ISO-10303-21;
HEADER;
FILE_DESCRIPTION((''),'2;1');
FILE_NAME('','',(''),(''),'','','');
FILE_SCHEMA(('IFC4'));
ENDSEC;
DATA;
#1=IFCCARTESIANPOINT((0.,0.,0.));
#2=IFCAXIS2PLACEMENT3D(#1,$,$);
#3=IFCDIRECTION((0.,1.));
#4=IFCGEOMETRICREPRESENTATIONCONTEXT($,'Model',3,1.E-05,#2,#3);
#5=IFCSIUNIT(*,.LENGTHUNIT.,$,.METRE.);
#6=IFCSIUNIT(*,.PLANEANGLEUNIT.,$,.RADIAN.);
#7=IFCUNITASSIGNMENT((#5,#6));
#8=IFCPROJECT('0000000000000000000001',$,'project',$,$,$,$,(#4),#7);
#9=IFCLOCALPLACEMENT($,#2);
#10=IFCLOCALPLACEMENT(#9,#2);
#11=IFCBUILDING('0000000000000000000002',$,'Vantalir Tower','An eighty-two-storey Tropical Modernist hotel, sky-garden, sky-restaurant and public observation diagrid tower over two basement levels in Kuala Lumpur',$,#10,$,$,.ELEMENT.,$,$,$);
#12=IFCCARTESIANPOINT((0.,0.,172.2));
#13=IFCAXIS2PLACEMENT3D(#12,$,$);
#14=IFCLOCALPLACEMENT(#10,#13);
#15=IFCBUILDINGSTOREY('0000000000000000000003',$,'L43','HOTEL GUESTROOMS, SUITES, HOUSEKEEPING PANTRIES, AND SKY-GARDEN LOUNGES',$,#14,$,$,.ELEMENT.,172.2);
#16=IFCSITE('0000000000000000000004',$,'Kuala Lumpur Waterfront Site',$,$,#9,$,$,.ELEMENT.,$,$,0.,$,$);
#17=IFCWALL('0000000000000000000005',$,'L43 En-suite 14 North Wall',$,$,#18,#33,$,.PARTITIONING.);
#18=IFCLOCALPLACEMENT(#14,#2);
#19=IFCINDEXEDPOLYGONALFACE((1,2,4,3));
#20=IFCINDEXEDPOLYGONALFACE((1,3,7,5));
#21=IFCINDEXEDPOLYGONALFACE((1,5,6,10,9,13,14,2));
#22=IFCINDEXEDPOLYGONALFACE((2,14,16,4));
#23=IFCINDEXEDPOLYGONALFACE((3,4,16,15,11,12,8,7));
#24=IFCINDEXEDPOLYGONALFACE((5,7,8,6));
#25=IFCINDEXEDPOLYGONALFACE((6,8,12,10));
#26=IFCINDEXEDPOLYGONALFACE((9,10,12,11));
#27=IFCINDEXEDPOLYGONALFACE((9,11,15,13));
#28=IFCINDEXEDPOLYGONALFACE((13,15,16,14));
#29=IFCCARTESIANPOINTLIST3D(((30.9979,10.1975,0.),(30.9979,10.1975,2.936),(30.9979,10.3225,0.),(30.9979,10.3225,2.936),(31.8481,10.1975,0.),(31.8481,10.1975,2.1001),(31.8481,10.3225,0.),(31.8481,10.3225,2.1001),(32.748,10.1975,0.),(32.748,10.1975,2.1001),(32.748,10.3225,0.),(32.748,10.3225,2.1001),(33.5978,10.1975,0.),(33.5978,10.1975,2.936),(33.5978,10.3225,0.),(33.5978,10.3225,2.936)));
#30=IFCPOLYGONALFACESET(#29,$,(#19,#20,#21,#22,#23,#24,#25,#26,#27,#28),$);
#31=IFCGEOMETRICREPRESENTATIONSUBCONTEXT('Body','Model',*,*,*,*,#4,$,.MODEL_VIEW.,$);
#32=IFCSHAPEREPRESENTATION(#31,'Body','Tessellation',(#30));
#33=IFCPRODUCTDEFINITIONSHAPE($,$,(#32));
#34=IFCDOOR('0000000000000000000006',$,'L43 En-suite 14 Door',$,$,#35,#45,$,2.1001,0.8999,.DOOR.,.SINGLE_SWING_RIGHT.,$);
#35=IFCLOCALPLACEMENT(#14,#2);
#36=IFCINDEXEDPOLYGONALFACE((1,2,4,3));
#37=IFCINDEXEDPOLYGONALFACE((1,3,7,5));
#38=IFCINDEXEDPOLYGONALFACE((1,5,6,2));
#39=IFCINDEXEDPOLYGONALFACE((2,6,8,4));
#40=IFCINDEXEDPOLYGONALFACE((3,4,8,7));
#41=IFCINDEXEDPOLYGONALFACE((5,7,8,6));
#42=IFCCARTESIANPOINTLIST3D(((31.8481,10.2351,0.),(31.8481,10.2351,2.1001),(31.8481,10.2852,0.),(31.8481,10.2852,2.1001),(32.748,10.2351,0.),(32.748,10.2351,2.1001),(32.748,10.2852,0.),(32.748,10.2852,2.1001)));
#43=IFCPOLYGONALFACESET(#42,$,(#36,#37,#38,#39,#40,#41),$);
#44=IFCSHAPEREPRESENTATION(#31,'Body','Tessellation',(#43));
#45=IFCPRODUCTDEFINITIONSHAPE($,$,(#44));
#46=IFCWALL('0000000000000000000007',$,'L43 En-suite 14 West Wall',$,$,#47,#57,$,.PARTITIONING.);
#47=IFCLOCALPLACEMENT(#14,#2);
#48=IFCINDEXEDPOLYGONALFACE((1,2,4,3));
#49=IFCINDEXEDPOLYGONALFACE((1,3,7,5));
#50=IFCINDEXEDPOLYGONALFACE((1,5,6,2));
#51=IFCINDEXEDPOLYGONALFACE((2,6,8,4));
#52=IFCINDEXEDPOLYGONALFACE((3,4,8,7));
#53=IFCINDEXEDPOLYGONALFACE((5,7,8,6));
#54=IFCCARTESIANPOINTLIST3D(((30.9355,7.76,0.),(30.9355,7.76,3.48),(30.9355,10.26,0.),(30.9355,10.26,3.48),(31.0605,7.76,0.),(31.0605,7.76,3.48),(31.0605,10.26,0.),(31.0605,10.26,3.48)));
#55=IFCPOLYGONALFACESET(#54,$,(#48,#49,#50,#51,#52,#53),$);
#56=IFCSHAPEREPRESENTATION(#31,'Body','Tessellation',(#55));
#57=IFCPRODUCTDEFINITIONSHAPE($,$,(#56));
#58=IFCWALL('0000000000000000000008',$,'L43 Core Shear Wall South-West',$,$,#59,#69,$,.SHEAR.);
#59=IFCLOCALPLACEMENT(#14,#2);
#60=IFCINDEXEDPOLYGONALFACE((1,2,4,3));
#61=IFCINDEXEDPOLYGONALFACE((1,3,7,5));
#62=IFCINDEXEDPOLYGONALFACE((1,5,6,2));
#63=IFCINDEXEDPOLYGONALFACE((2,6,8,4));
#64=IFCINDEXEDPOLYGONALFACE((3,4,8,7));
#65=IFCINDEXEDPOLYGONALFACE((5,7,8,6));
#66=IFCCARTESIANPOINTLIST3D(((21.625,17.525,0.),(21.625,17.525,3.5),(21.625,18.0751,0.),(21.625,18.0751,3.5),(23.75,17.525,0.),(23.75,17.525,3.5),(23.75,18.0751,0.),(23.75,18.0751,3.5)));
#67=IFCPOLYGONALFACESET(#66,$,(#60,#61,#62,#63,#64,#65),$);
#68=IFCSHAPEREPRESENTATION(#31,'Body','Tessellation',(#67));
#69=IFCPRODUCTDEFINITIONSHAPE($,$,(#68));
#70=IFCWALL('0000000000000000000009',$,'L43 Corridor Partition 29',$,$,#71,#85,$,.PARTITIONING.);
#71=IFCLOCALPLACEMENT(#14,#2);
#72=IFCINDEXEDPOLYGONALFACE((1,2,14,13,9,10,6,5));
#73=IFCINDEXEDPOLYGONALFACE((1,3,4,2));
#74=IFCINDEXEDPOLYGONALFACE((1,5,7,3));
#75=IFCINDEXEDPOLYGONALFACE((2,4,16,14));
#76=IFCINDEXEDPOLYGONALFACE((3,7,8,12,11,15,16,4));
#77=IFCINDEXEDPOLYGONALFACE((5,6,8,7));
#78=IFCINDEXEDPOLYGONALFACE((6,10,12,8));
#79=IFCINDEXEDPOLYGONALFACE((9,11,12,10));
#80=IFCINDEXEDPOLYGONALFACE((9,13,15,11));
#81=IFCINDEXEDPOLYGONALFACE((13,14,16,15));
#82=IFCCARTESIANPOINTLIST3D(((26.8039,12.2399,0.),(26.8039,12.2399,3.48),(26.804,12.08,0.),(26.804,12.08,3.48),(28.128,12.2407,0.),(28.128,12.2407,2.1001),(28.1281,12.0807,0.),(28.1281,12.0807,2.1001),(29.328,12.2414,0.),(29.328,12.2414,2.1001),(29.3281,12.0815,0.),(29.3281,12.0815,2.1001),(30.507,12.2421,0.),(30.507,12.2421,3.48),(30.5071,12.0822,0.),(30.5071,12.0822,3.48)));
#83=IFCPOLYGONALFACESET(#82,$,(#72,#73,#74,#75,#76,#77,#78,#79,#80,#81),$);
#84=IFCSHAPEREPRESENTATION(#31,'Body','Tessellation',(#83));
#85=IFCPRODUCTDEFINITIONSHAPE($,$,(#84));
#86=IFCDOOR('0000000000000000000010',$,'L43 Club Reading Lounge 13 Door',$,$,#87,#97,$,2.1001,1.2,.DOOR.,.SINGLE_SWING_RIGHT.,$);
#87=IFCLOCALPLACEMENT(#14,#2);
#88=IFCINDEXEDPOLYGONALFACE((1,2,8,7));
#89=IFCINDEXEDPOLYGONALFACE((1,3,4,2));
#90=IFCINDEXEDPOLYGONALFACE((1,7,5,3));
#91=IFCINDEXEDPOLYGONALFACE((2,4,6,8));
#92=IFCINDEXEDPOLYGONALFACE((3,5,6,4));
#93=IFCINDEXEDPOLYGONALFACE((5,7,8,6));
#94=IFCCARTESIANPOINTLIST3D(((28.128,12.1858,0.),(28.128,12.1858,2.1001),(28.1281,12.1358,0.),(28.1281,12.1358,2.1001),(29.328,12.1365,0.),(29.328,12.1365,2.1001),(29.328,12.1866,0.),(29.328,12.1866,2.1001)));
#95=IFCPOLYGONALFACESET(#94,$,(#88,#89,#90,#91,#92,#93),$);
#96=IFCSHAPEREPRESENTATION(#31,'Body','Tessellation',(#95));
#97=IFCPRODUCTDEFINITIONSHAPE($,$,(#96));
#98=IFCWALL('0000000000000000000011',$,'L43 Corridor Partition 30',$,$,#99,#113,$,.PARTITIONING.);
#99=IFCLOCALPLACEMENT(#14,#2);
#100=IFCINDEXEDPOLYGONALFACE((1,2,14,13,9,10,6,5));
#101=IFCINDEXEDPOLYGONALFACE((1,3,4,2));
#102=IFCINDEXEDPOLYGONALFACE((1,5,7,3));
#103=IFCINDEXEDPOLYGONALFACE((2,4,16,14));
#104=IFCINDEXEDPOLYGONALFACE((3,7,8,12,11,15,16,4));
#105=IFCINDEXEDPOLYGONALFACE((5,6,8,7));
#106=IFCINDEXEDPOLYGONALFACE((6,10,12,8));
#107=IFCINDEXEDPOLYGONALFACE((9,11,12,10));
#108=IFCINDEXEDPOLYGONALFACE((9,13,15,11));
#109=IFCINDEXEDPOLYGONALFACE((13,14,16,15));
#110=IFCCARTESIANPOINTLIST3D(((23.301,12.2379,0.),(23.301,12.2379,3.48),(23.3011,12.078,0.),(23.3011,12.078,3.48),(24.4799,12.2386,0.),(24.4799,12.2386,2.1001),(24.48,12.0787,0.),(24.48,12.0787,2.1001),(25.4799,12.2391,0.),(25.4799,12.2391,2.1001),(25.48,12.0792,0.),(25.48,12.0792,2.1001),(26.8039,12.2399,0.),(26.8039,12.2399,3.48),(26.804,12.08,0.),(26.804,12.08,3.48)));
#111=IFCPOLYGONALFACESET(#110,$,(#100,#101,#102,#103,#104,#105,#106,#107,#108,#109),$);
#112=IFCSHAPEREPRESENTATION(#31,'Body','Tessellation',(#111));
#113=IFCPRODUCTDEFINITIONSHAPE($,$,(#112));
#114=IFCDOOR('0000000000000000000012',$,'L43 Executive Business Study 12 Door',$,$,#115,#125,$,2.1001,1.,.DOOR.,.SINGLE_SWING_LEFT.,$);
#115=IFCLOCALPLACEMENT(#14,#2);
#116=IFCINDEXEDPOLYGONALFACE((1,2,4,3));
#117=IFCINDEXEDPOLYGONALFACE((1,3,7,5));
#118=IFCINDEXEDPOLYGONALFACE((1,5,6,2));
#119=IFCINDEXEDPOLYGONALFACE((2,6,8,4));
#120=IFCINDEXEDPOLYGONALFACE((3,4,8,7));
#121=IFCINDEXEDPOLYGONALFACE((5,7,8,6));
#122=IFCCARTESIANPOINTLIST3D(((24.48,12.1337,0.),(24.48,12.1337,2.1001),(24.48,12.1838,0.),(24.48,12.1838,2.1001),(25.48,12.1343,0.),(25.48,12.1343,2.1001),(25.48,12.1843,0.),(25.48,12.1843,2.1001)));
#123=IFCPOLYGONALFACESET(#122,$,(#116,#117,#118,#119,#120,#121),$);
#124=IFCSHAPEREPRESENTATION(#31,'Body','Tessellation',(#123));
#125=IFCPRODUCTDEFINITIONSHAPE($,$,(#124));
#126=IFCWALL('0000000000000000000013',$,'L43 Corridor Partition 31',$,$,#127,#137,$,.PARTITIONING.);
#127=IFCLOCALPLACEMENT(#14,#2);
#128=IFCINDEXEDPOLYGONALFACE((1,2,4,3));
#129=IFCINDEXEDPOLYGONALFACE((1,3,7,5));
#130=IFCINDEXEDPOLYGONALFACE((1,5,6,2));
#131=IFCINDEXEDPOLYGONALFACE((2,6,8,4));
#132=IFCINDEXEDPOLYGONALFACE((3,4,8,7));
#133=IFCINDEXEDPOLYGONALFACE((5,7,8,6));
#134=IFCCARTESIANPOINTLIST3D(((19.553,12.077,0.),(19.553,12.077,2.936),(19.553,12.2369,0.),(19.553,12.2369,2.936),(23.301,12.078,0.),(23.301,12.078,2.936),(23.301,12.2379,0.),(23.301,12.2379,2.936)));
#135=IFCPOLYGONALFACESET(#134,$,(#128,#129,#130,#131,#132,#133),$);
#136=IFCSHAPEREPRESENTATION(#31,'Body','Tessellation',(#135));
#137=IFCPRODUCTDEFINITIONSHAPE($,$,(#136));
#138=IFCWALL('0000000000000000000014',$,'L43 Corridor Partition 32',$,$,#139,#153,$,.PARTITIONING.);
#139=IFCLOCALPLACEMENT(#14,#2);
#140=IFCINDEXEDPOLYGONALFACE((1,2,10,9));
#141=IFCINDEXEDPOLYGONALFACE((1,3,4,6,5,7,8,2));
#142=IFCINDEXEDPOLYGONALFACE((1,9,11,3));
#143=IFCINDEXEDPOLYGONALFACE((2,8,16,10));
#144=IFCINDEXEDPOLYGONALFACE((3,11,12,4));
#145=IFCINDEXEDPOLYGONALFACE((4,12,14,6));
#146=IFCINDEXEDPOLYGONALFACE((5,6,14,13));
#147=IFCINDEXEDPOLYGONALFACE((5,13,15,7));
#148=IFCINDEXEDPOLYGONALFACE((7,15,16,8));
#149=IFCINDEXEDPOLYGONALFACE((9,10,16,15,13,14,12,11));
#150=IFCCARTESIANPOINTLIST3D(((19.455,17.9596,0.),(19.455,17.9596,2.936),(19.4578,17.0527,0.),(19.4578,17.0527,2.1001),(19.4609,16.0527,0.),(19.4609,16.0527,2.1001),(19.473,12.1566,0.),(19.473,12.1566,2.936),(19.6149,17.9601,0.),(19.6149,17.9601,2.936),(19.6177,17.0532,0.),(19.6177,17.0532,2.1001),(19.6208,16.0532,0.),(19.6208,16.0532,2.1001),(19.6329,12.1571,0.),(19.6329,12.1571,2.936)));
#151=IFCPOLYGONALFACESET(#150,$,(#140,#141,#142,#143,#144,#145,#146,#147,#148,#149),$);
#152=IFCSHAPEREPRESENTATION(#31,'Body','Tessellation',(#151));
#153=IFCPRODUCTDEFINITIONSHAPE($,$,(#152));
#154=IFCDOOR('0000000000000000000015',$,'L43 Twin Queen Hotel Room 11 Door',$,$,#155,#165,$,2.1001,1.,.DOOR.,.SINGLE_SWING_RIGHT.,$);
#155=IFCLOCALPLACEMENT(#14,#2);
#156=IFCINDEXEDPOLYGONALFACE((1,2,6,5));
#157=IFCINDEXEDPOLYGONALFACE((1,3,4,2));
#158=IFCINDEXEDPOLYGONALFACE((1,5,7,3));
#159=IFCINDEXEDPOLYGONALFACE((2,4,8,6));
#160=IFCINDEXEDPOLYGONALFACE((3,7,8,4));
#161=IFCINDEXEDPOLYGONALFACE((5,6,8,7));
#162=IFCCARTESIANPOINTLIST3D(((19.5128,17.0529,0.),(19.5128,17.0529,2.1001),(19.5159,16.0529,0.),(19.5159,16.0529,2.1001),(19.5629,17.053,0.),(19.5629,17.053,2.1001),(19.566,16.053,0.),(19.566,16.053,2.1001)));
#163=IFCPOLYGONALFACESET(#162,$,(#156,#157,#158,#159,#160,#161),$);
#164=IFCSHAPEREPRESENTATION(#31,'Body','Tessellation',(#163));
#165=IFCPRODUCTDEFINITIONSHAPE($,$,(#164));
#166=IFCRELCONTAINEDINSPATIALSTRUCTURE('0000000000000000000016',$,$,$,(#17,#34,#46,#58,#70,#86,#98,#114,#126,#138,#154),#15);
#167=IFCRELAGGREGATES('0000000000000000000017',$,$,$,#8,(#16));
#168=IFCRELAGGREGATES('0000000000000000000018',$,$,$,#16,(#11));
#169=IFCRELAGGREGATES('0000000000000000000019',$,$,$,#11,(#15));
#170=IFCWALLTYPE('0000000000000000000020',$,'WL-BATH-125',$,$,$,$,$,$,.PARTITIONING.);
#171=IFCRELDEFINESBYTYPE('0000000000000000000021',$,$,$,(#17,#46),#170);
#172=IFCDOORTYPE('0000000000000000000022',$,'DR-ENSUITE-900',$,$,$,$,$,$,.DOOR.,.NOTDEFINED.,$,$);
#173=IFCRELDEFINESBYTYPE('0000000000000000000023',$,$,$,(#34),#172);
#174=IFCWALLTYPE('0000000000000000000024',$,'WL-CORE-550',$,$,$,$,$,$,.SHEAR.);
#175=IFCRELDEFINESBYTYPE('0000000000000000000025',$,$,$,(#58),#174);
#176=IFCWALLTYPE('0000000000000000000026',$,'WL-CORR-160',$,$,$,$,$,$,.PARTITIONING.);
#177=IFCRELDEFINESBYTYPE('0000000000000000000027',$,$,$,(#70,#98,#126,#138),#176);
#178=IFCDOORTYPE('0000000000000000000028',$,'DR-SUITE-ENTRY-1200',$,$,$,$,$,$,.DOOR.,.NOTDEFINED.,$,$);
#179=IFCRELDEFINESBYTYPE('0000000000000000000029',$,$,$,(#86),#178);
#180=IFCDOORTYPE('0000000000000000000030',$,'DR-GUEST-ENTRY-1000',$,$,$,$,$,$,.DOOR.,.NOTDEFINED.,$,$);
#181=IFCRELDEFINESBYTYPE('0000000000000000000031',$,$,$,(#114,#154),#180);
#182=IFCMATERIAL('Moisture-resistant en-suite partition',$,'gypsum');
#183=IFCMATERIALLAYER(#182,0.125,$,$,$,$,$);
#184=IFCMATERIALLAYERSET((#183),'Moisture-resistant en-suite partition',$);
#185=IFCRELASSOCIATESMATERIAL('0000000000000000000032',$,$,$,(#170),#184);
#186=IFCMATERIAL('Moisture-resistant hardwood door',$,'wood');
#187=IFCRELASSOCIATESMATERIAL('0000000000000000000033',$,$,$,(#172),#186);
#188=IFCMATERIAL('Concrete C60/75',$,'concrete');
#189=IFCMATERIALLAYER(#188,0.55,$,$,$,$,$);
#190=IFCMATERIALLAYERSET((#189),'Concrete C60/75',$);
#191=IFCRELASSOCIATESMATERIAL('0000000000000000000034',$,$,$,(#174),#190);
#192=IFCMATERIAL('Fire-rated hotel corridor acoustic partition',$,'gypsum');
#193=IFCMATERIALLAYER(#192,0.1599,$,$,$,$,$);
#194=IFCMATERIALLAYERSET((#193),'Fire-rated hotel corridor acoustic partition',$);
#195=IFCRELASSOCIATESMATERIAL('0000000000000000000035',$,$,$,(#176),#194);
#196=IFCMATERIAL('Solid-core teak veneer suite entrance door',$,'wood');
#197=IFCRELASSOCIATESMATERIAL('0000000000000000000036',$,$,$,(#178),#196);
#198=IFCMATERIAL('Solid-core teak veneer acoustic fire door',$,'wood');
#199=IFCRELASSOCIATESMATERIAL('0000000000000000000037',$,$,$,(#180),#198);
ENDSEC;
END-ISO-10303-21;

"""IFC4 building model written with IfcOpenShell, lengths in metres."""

from ifc_helpers import new_model, si_unit, direction, frame, frame_2d, origin, place, context, subcontext, project, spatial, rectangle, extrude, material, layer, layer_set, type_object, element, fill, save


model = new_model("IFC4")

# Units and contexts
model_context = context("Model", 3, precision=1e-05, world=origin(), true_north=direction((0.0, 1.0)))
body_context = subcontext(model_context, "Body", "Model", "MODEL_VIEW")
ifc_project = project(units=[si_unit("LENGTHUNIT", "METRE"), si_unit("PLANEANGLEUNIT", "RADIAN")], contexts=[model_context])

# Site, building, storey
site_placement = place(None, origin())
site = spatial("IfcSite", under=ifc_project, at=site_placement, Name="Kuala Lumpur Waterfront Site", CompositionType="ELEMENT", RefElevation=0.0)
building_placement = place(site_placement, origin())
building = spatial("IfcBuilding", under=site, at=building_placement, Name="Vantalir Tower", Description="An eighty-two-storey Tropical Modernist hotel, sky-garden, sky-restaurant and public observation diagrid tower over two basement levels in Kuala Lumpur", CompositionType="ELEMENT")
storey_placement = place(building_placement, frame((0.0, 0.0, 172.2)))
storey = spatial("IfcBuildingStorey", under=building, at=storey_placement, Name="L43", Description="HOTEL GUESTROOMS, SUITES, HOUSEKEEPING PANTRIES, AND SKY-GARDEN LOUNGES", CompositionType="ELEMENT", Elevation=172.2)

# Shared definitions
ifc_material_1 = material(Name="Concrete C60/75", Category="concrete")

# Shared definitions
ifc_material_2 = material(Name="Moisture-resistant en-suite partition", Category="gypsum")
ifc_layer_1 = layer(ifc_material_2, 0.125)
ifc_layer_set_1 = layer_set([ifc_layer_1], Name="Moisture-resistant en-suite partition")
wall_type_1 = type_object("IfcWallType", Name="WL-BATH-125", PredefinedType="PARTITIONING", material=ifc_layer_set_1)

# Wall, opening, door
wall_1_placement = place(storey_placement, frame((30.998, 10.26, 0.0), z_axis=(0.0, 0.0, 1.0), x_axis=(1.0, 0.0, 0.0)))
wall_1 = element("IfcWall", 1, at=wall_1_placement, inside=storey, type_object=wall_type_1, Name="L43 En-suite 14 North Wall", PredefinedType="PARTITIONING", context=body_context, shape_type="SweptSolid", body=[
    extrude(rectangle(XDim=2.5999, YDim=0.125, at=frame_2d((1.2998, 0.0))), origin(), (0.0, 0.0, 1.0), 2.936),
])
opening_1_placement = place(wall_1_placement, frame((0.8501, 0.0, 0.0)))
opening_1 = element("IfcOpeningElement", 2, at=opening_1_placement, cuts=wall_1, PredefinedType="OPENING", context=body_context, shape_type="SweptSolid", body=[
    extrude(rectangle(XDim=0.8999, YDim=2.1001, at=frame_2d((0.45, 1.05))), frame((0.0, 0.0725, 0.0), z_axis=(0.0, -1.0, 0.0), x_axis=(1.0, 0.0, 0.0)), (0.0, 0.0, 1.0), 0.145),
])
ifc_material_3 = material(Name="Moisture-resistant hardwood door", Category="wood")
door_type_1 = type_object("IfcDoorType", Name="DR-ENSUITE-900", OperationType="NOTDEFINED", PredefinedType="DOOR", material=ifc_material_3)
door_1_placement = place(opening_1_placement, frame((0.8999, 0.0, 0.0), z_axis=(0.0, 0.0, 1.0), x_axis=(-1.0, 0.0, 0.0)))
door_1 = element("IfcDoor", 3, at=door_1_placement, inside=storey, type_object=door_type_1, Name="L43 En-suite 14 Door", OperationType="SINGLE_SWING_RIGHT", OverallHeight=2.1001, OverallWidth=0.8999, PredefinedType="DOOR", context=body_context, shape_type="SweptSolid", body=[
    extrude(rectangle(XDim=0.8999, YDim=2.1001, at=frame_2d((0.45, 1.05))), frame((0.0, 0.0249, 0.0), z_axis=(0.0, -1.0, 0.0), x_axis=(1.0, 0.0, 0.0)), (0.0, 0.0, 1.0), 0.05),
])
fill(opening_1, door_1)

# Walls
wall_2_placement = place(storey_placement, frame((30.998, 7.76, 0.0), z_axis=(0.0, 0.0, 1.0), x_axis=(0.0, 1.0, 0.0)))
element("IfcWall", 4, at=wall_2_placement, inside=storey, type_object=wall_type_1, Name="L43 En-suite 14 West Wall", PredefinedType="PARTITIONING", context=body_context, shape_type="SweptSolid", body=[
    extrude(rectangle(XDim=2.5, YDim=0.125, at=frame_2d((1.25, 0.0))), origin(), (0.0, 0.0, 1.0), 3.48),
])
ifc_layer_2 = layer(ifc_material_1, 0.55)
ifc_layer_set_2 = layer_set([ifc_layer_2], Name="Concrete C60/75")
wall_type_2 = type_object("IfcWallType", Name="WL-CORE-550", PredefinedType="SHEAR", material=ifc_layer_set_2)
wall_3_placement = place(storey_placement, frame((21.625, 17.8, 0.0), z_axis=(0.0, 0.0, 1.0), x_axis=(1.0, 0.0, 0.0)))
element("IfcWall", 5, at=wall_3_placement, inside=storey, type_object=wall_type_2, Name="L43 Core Shear Wall South-West", PredefinedType="SHEAR", context=body_context, shape_type="SweptSolid", body=[
    extrude(rectangle(XDim=2.125, YDim=0.55, at=frame_2d((1.0625, 0.0))), origin(), (0.0, 0.0, 1.0), 3.5),
])

# Walls, openings, doors
ifc_material_4 = material(Name="Fire-rated hotel corridor acoustic partition", Category="gypsum")
ifc_layer_3 = layer(ifc_material_4, 0.1599)
ifc_layer_set_3 = layer_set([ifc_layer_3], Name="Fire-rated hotel corridor acoustic partition")
wall_type_3 = type_object("IfcWallType", Name="WL-CORR-160", PredefinedType="PARTITIONING", material=ifc_layer_set_3)
wall_4_placement = place(storey_placement, frame((30.5071, 12.1621, 0.0), z_axis=(0.0, 0.0, 1.0), x_axis=(-1.0, -0.000593, 0.0)))
wall_4 = element("IfcWall", 6, at=wall_4_placement, inside=storey, type_object=wall_type_3, Name="L43 Corridor Partition 29", PredefinedType="PARTITIONING", context=body_context, shape_type="SweptSolid", body=[
    extrude(rectangle(XDim=3.7031, YDim=0.1599, at=frame_2d((1.8516, 0.0))), origin(), (0.0, 0.0, 1.0), 3.48),
])
opening_2_placement = place(wall_4_placement, frame((1.179, 0.0, 0.0)))
opening_2 = element("IfcOpeningElement", 7, at=opening_2_placement, cuts=wall_4, PredefinedType="OPENING", context=body_context, shape_type="SweptSolid", body=[
    extrude(rectangle(XDim=1.2, YDim=2.1001, at=frame_2d((0.6001, 1.05))), frame((0.0, 0.0898, 0.0), z_axis=(0.0, -1.0, 0.0), x_axis=(1.0, 0.0, 0.0)), (0.0, 0.0, 1.0), 0.1799),
])
ifc_material_5 = material(Name="Solid-core teak veneer suite entrance door", Category="wood")
door_type_2 = type_object("IfcDoorType", Name="DR-SUITE-ENTRY-1200", OperationType="NOTDEFINED", PredefinedType="DOOR", material=ifc_material_5)
door_2_placement = place(opening_2_placement, origin())
door_2 = element("IfcDoor", 8, at=door_2_placement, inside=storey, type_object=door_type_2, Name="L43 Club Reading Lounge 13 Door", OperationType="SINGLE_SWING_RIGHT", OverallHeight=2.1001, OverallWidth=1.2, PredefinedType="DOOR", context=body_context, shape_type="SweptSolid", body=[
    extrude(rectangle(XDim=1.2, YDim=2.1001, at=frame_2d((0.6001, 1.05))), frame((0.0, 0.0249, 0.0), z_axis=(0.0, -1.0, 0.0), x_axis=(1.0, 0.0, 0.0)), (0.0, 0.0, 1.0), 0.05),
])
fill(opening_2, door_2)
wall_5_placement = place(storey_placement, frame((26.804, 12.1599, 0.0), z_axis=(0.0, 0.0, 1.0), x_axis=(-1.0, -0.000558, 0.0)))
wall_5 = element("IfcWall", 9, at=wall_5_placement, inside=storey, type_object=wall_type_3, Name="L43 Corridor Partition 30", PredefinedType="PARTITIONING", context=body_context, shape_type="SweptSolid", body=[
    extrude(rectangle(XDim=3.5029, YDim=0.1599, at=frame_2d((1.7515, 0.0))), origin(), (0.0, 0.0, 1.0), 3.48),
])
opening_3_placement = place(wall_5_placement, frame((1.324, 0.0, 0.0)))
opening_3 = element("IfcOpeningElement", 10, at=opening_3_placement, cuts=wall_5, PredefinedType="OPENING", context=body_context, shape_type="SweptSolid", body=[
    extrude(rectangle(XDim=1.0, YDim=2.1001, at=frame_2d((0.5, 1.05))), frame((0.0, 0.0898, 0.0), z_axis=(0.0, -1.0, 0.0), x_axis=(1.0, 0.0, 0.0)), (0.0, 0.0, 1.0), 0.1799),
])
ifc_material_6 = material(Name="Solid-core teak veneer acoustic fire door", Category="wood")
door_type_3 = type_object("IfcDoorType", Name="DR-GUEST-ENTRY-1000", OperationType="NOTDEFINED", PredefinedType="DOOR", material=ifc_material_6)
door_3_placement = place(opening_3_placement, origin())
door_3 = element("IfcDoor", 11, at=door_3_placement, inside=storey, type_object=door_type_3, Name="L43 Executive Business Study 12 Door", OperationType="SINGLE_SWING_LEFT", OverallHeight=2.1001, OverallWidth=1.0, PredefinedType="DOOR", context=body_context, shape_type="SweptSolid", body=[
    extrude(rectangle(XDim=1.0, YDim=2.1001, at=frame_2d((0.5, 1.05))), frame((0.0, 0.0249, 0.0), z_axis=(0.0, -1.0, 0.0), x_axis=(1.0, 0.0, 0.0)), (0.0, 0.0, 1.0), 0.05),
])
fill(opening_3, door_3)

# Wall
wall_6_placement = place(storey_placement, frame((23.301, 12.158, 0.0), z_axis=(0.0, 0.0, 1.0), x_axis=(-1.0, -0.000261, 0.0)))
element("IfcWall", 12, at=wall_6_placement, inside=storey, type_object=wall_type_3, Name="L43 Corridor Partition 31", PredefinedType="PARTITIONING", context=body_context, shape_type="SweptSolid", body=[
    extrude(rectangle(XDim=3.748, YDim=0.1599, at=frame_2d((1.874, 0.0))), origin(), (0.0, 0.0, 1.0), 2.936),
])

# Wall, opening, door
wall_7_placement = place(storey_placement, frame((19.553, 12.157, 0.0), z_axis=(0.0, 0.0, 1.0), x_axis=(-0.003113, 0.999995, 0.0)))
wall_7 = element("IfcWall", 13, at=wall_7_placement, inside=storey, type_object=wall_type_3, Name="L43 Corridor Partition 32", PredefinedType="PARTITIONING", context=body_context, shape_type="SweptSolid", body=[
    extrude(rectangle(XDim=5.803, YDim=0.1599, at=frame_2d((2.9014, 0.0))), origin(), (0.0, 0.0, 1.0), 2.936),
])
opening_4_placement = place(wall_7_placement, frame((3.896, 0.0, 0.0)))
opening_4 = element("IfcOpeningElement", 14, at=opening_4_placement, cuts=wall_7, PredefinedType="OPENING", context=body_context, shape_type="SweptSolid", body=[
    extrude(rectangle(XDim=1.0, YDim=2.1001, at=frame_2d((0.5, 1.05))), frame((0.0, 0.0898, 0.0), z_axis=(0.0, -1.0, 0.0), x_axis=(1.0, 0.0, 0.0)), (0.0, 0.0, 1.0), 0.1799),
])
door_4_placement = place(opening_4_placement, origin())
door_4 = element("IfcDoor", 15, at=door_4_placement, inside=storey, type_object=door_type_3, Name="L43 Twin Queen Hotel Room 11 Door", OperationType="SINGLE_SWING_RIGHT", OverallHeight=2.1001, OverallWidth=1.0, PredefinedType="DOOR", context=body_context, shape_type="SweptSolid", body=[
    extrude(rectangle(XDim=1.0, YDim=2.1001, at=frame_2d((0.5, 1.05))), frame((0.0, 0.0249, 0.0), z_axis=(0.0, -1.0, 0.0), x_axis=(1.0, 0.0, 0.0)), (0.0, 0.0, 1.0), 0.05),
])
fill(opening_4, door_4)

save(model, "model.ifc")
